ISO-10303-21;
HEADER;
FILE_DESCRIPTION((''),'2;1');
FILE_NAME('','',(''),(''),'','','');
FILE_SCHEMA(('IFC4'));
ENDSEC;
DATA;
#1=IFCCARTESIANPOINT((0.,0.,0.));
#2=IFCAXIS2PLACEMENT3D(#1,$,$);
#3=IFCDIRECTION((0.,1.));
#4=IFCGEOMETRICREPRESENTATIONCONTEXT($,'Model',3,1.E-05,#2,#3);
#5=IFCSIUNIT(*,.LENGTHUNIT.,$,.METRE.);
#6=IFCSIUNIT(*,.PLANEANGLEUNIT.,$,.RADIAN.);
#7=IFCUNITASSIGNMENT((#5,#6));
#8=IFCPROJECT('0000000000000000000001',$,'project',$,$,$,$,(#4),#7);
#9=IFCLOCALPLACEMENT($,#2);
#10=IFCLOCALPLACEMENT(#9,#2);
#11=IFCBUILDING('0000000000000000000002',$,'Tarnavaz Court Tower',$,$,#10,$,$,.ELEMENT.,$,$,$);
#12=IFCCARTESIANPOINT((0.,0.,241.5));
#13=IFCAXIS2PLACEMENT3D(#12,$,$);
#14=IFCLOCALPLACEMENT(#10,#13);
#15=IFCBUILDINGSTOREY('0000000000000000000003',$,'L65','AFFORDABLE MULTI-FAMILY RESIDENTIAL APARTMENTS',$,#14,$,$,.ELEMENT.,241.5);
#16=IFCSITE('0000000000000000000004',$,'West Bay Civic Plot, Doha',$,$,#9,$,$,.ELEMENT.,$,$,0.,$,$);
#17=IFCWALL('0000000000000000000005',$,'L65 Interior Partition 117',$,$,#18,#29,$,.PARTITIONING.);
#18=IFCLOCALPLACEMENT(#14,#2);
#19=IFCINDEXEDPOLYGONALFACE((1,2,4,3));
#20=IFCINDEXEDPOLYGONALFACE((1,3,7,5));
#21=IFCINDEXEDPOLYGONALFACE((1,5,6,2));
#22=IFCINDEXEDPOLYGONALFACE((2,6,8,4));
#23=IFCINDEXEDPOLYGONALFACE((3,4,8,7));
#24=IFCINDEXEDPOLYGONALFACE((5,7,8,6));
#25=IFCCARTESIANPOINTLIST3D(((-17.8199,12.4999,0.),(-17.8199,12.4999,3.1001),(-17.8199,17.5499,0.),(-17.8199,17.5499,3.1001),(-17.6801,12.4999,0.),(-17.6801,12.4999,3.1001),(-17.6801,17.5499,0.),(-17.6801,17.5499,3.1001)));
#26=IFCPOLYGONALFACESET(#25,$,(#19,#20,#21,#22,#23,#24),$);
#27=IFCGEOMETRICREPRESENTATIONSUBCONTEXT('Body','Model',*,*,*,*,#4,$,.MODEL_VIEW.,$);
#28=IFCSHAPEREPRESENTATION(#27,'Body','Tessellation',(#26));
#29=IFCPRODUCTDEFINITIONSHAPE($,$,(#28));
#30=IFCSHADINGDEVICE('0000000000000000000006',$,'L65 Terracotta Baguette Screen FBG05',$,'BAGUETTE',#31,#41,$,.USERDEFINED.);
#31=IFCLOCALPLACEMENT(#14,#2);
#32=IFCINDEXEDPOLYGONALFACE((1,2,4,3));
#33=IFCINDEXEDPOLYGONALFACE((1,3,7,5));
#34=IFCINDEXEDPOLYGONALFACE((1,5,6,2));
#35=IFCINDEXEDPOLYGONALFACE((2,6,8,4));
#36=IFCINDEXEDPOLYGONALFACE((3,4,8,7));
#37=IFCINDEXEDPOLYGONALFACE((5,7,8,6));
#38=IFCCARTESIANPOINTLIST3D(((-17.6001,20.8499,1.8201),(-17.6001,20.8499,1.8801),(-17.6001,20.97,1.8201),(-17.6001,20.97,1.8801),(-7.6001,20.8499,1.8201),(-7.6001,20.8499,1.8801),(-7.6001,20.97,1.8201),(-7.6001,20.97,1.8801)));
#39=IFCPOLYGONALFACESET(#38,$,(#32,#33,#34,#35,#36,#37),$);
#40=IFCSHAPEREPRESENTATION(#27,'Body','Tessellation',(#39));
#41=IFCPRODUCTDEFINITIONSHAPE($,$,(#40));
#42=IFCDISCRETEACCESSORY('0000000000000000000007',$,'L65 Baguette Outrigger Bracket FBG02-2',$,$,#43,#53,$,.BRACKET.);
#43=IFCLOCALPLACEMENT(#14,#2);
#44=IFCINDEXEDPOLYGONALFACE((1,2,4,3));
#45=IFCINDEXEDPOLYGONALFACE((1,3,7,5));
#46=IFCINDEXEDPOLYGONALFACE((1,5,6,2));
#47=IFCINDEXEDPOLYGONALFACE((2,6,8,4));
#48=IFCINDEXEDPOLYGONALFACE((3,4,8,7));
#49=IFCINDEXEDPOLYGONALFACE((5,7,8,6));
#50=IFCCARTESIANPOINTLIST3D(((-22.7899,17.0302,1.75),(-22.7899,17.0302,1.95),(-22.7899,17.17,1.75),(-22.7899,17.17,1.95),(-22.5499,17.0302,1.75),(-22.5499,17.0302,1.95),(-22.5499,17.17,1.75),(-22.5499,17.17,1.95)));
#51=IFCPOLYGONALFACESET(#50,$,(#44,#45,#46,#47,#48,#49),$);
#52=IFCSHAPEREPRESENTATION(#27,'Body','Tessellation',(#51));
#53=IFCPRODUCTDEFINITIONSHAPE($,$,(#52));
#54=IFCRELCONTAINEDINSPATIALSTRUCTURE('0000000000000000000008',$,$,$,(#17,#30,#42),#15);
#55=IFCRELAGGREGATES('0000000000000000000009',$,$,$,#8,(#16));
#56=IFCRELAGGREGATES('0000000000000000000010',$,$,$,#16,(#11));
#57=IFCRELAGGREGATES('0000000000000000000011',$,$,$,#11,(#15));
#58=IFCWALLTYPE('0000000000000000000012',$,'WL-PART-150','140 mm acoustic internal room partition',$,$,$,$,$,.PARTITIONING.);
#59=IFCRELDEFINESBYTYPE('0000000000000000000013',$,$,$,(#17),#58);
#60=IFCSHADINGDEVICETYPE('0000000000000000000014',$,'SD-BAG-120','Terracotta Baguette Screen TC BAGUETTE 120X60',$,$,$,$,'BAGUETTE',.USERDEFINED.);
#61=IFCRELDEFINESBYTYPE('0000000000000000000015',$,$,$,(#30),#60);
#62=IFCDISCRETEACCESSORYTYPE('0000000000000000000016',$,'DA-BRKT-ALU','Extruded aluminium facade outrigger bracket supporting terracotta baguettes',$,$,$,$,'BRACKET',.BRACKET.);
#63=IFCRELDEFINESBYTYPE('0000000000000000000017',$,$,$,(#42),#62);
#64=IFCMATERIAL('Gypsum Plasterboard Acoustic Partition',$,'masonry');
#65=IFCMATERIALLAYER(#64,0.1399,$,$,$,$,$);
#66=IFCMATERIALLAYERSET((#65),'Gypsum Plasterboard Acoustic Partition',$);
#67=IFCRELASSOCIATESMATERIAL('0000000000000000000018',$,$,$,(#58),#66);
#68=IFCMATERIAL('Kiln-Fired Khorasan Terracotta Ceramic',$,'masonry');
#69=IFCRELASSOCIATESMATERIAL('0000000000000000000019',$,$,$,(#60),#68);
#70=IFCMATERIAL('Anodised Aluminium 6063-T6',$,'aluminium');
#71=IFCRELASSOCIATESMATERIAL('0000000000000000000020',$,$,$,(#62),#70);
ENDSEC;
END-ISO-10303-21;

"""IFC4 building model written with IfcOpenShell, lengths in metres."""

from ifc_helpers import new_model, si_unit, direction, frame, frame_2d, origin, origin_2d, place, context, subcontext, project, spatial, rectangle, extrude, material, layer, layer_set, material_profile, profile_set, type_object, element, save


model = new_model("IFC4")

# Units and contexts
model_context = context("Model", 3, precision=1e-05, world=origin(), true_north=direction((0.0, 1.0)))
body_context = subcontext(model_context, "Body", "Model", "MODEL_VIEW")
ifc_project = project(units=[si_unit("LENGTHUNIT", "METRE"), si_unit("PLANEANGLEUNIT", "RADIAN")], contexts=[model_context])

# Site, building, storey
site_placement = place(None, origin())
site = spatial("IfcSite", under=ifc_project, at=site_placement, Name="West Bay Civic Plot, Doha", CompositionType="ELEMENT", RefElevation=0.0)
building_placement = place(site_placement, origin())
building = spatial("IfcBuilding", under=site, at=building_placement, Name="Tarnavaz Court Tower", CompositionType="ELEMENT")
storey_placement = place(building_placement, frame((0.0, 0.0, 241.5)))
storey = spatial("IfcBuildingStorey", under=building, at=storey_placement, Name="L65", Description="AFFORDABLE MULTI-FAMILY RESIDENTIAL APARTMENTS", CompositionType="ELEMENT", Elevation=241.5)

# Wall
ifc_material_1 = material(Name="Gypsum Plasterboard Acoustic Partition", Category="masonry")
ifc_layer_1 = layer(ifc_material_1, 0.1399)
ifc_layer_set_1 = layer_set([ifc_layer_1], Name="Gypsum Plasterboard Acoustic Partition")
wall_type_1 = type_object("IfcWallType", Name="WL-PART-150", Description="140 mm acoustic internal room partition", PredefinedType="PARTITIONING", material=ifc_layer_set_1)
wall_1_placement = place(storey_placement, frame((-17.75, 12.5, 0.0), z_axis=(0.0, 0.0, 1.0), x_axis=(0.0, 1.0, 0.0)))
element("IfcWall", 1, at=wall_1_placement, inside=storey, type_object=wall_type_1, Name="L65 Interior Partition 117", PredefinedType="PARTITIONING", context=body_context, shape_type="SweptSolid", body=[
    extrude(rectangle(XDim=5.05, YDim=0.1399, at=frame_2d((2.5249, 0.0))), origin(), (0.0, 0.0, 1.0), 3.1001),
])

# Shading device
ifc_material_2 = material(Name="Kiln-Fired Khorasan Terracotta Ceramic", Category="masonry")
ifc_material_profile_1 = material_profile(ifc_material_2, rectangle(XDim=0.1201, YDim=0.0601, at=origin_2d()), Name="TC BAGUETTE 120X60")
ifc_profile_set_1 = profile_set([ifc_material_profile_1], Name="Kiln-Fired Khorasan Terracotta Ceramic")
shading_device_type = type_object("IfcShadingDeviceType", Name="SD-BAG-120", Description="Terracotta Baguette Screen TC BAGUETTE 120X60", ElementType="BAGUETTE", PredefinedType="USERDEFINED", material=ifc_profile_set_1)
shading_device_placement = place(storey_placement, frame((-17.6001, 20.9099, 1.8501), z_axis=(1.0, 0.0, 0.0), x_axis=(0.0, 1.0, 0.0)))
element("IfcShadingDevice", 2, at=shading_device_placement, inside=storey, type_object=shading_device_type, Name="L65 Terracotta Baguette Screen FBG05", ObjectType="BAGUETTE", PredefinedType="USERDEFINED", context=body_context, shape_type="SweptSolid", body=[
    extrude(rectangle(XDim=0.1201, YDim=0.0601, at=origin_2d()), origin(), (0.0, 0.0, 1.0), 10.0),
])

# Discrete accessory
ifc_material_3 = material(Name="Anodised Aluminium 6063-T6", Category="aluminium")
discrete_accessory_type = type_object("IfcDiscreteAccessoryType", Name="DA-BRKT-ALU", Description="Extruded aluminium facade outrigger bracket supporting terracotta baguettes", ElementType="BRACKET", PredefinedType="BRACKET", material=ifc_material_3)
discrete_accessory_placement = place(storey_placement, frame((-22.6699, 17.1001, 1.75), z_axis=(0.0, 0.0, 1.0), x_axis=(0.0, 1.0, 0.0)))
element("IfcDiscreteAccessory", 3, at=discrete_accessory_placement, inside=storey, type_object=discrete_accessory_type, Name="L65 Baguette Outrigger Bracket FBG02-2", PredefinedType="BRACKET", context=body_context, shape_type="SweptSolid", body=[
    extrude(rectangle(XDim=0.1399, YDim=0.24, at=origin_2d()), origin(), (0.0, 0.0, 1.0), 0.2),
])

save(model, "model.ifc")
